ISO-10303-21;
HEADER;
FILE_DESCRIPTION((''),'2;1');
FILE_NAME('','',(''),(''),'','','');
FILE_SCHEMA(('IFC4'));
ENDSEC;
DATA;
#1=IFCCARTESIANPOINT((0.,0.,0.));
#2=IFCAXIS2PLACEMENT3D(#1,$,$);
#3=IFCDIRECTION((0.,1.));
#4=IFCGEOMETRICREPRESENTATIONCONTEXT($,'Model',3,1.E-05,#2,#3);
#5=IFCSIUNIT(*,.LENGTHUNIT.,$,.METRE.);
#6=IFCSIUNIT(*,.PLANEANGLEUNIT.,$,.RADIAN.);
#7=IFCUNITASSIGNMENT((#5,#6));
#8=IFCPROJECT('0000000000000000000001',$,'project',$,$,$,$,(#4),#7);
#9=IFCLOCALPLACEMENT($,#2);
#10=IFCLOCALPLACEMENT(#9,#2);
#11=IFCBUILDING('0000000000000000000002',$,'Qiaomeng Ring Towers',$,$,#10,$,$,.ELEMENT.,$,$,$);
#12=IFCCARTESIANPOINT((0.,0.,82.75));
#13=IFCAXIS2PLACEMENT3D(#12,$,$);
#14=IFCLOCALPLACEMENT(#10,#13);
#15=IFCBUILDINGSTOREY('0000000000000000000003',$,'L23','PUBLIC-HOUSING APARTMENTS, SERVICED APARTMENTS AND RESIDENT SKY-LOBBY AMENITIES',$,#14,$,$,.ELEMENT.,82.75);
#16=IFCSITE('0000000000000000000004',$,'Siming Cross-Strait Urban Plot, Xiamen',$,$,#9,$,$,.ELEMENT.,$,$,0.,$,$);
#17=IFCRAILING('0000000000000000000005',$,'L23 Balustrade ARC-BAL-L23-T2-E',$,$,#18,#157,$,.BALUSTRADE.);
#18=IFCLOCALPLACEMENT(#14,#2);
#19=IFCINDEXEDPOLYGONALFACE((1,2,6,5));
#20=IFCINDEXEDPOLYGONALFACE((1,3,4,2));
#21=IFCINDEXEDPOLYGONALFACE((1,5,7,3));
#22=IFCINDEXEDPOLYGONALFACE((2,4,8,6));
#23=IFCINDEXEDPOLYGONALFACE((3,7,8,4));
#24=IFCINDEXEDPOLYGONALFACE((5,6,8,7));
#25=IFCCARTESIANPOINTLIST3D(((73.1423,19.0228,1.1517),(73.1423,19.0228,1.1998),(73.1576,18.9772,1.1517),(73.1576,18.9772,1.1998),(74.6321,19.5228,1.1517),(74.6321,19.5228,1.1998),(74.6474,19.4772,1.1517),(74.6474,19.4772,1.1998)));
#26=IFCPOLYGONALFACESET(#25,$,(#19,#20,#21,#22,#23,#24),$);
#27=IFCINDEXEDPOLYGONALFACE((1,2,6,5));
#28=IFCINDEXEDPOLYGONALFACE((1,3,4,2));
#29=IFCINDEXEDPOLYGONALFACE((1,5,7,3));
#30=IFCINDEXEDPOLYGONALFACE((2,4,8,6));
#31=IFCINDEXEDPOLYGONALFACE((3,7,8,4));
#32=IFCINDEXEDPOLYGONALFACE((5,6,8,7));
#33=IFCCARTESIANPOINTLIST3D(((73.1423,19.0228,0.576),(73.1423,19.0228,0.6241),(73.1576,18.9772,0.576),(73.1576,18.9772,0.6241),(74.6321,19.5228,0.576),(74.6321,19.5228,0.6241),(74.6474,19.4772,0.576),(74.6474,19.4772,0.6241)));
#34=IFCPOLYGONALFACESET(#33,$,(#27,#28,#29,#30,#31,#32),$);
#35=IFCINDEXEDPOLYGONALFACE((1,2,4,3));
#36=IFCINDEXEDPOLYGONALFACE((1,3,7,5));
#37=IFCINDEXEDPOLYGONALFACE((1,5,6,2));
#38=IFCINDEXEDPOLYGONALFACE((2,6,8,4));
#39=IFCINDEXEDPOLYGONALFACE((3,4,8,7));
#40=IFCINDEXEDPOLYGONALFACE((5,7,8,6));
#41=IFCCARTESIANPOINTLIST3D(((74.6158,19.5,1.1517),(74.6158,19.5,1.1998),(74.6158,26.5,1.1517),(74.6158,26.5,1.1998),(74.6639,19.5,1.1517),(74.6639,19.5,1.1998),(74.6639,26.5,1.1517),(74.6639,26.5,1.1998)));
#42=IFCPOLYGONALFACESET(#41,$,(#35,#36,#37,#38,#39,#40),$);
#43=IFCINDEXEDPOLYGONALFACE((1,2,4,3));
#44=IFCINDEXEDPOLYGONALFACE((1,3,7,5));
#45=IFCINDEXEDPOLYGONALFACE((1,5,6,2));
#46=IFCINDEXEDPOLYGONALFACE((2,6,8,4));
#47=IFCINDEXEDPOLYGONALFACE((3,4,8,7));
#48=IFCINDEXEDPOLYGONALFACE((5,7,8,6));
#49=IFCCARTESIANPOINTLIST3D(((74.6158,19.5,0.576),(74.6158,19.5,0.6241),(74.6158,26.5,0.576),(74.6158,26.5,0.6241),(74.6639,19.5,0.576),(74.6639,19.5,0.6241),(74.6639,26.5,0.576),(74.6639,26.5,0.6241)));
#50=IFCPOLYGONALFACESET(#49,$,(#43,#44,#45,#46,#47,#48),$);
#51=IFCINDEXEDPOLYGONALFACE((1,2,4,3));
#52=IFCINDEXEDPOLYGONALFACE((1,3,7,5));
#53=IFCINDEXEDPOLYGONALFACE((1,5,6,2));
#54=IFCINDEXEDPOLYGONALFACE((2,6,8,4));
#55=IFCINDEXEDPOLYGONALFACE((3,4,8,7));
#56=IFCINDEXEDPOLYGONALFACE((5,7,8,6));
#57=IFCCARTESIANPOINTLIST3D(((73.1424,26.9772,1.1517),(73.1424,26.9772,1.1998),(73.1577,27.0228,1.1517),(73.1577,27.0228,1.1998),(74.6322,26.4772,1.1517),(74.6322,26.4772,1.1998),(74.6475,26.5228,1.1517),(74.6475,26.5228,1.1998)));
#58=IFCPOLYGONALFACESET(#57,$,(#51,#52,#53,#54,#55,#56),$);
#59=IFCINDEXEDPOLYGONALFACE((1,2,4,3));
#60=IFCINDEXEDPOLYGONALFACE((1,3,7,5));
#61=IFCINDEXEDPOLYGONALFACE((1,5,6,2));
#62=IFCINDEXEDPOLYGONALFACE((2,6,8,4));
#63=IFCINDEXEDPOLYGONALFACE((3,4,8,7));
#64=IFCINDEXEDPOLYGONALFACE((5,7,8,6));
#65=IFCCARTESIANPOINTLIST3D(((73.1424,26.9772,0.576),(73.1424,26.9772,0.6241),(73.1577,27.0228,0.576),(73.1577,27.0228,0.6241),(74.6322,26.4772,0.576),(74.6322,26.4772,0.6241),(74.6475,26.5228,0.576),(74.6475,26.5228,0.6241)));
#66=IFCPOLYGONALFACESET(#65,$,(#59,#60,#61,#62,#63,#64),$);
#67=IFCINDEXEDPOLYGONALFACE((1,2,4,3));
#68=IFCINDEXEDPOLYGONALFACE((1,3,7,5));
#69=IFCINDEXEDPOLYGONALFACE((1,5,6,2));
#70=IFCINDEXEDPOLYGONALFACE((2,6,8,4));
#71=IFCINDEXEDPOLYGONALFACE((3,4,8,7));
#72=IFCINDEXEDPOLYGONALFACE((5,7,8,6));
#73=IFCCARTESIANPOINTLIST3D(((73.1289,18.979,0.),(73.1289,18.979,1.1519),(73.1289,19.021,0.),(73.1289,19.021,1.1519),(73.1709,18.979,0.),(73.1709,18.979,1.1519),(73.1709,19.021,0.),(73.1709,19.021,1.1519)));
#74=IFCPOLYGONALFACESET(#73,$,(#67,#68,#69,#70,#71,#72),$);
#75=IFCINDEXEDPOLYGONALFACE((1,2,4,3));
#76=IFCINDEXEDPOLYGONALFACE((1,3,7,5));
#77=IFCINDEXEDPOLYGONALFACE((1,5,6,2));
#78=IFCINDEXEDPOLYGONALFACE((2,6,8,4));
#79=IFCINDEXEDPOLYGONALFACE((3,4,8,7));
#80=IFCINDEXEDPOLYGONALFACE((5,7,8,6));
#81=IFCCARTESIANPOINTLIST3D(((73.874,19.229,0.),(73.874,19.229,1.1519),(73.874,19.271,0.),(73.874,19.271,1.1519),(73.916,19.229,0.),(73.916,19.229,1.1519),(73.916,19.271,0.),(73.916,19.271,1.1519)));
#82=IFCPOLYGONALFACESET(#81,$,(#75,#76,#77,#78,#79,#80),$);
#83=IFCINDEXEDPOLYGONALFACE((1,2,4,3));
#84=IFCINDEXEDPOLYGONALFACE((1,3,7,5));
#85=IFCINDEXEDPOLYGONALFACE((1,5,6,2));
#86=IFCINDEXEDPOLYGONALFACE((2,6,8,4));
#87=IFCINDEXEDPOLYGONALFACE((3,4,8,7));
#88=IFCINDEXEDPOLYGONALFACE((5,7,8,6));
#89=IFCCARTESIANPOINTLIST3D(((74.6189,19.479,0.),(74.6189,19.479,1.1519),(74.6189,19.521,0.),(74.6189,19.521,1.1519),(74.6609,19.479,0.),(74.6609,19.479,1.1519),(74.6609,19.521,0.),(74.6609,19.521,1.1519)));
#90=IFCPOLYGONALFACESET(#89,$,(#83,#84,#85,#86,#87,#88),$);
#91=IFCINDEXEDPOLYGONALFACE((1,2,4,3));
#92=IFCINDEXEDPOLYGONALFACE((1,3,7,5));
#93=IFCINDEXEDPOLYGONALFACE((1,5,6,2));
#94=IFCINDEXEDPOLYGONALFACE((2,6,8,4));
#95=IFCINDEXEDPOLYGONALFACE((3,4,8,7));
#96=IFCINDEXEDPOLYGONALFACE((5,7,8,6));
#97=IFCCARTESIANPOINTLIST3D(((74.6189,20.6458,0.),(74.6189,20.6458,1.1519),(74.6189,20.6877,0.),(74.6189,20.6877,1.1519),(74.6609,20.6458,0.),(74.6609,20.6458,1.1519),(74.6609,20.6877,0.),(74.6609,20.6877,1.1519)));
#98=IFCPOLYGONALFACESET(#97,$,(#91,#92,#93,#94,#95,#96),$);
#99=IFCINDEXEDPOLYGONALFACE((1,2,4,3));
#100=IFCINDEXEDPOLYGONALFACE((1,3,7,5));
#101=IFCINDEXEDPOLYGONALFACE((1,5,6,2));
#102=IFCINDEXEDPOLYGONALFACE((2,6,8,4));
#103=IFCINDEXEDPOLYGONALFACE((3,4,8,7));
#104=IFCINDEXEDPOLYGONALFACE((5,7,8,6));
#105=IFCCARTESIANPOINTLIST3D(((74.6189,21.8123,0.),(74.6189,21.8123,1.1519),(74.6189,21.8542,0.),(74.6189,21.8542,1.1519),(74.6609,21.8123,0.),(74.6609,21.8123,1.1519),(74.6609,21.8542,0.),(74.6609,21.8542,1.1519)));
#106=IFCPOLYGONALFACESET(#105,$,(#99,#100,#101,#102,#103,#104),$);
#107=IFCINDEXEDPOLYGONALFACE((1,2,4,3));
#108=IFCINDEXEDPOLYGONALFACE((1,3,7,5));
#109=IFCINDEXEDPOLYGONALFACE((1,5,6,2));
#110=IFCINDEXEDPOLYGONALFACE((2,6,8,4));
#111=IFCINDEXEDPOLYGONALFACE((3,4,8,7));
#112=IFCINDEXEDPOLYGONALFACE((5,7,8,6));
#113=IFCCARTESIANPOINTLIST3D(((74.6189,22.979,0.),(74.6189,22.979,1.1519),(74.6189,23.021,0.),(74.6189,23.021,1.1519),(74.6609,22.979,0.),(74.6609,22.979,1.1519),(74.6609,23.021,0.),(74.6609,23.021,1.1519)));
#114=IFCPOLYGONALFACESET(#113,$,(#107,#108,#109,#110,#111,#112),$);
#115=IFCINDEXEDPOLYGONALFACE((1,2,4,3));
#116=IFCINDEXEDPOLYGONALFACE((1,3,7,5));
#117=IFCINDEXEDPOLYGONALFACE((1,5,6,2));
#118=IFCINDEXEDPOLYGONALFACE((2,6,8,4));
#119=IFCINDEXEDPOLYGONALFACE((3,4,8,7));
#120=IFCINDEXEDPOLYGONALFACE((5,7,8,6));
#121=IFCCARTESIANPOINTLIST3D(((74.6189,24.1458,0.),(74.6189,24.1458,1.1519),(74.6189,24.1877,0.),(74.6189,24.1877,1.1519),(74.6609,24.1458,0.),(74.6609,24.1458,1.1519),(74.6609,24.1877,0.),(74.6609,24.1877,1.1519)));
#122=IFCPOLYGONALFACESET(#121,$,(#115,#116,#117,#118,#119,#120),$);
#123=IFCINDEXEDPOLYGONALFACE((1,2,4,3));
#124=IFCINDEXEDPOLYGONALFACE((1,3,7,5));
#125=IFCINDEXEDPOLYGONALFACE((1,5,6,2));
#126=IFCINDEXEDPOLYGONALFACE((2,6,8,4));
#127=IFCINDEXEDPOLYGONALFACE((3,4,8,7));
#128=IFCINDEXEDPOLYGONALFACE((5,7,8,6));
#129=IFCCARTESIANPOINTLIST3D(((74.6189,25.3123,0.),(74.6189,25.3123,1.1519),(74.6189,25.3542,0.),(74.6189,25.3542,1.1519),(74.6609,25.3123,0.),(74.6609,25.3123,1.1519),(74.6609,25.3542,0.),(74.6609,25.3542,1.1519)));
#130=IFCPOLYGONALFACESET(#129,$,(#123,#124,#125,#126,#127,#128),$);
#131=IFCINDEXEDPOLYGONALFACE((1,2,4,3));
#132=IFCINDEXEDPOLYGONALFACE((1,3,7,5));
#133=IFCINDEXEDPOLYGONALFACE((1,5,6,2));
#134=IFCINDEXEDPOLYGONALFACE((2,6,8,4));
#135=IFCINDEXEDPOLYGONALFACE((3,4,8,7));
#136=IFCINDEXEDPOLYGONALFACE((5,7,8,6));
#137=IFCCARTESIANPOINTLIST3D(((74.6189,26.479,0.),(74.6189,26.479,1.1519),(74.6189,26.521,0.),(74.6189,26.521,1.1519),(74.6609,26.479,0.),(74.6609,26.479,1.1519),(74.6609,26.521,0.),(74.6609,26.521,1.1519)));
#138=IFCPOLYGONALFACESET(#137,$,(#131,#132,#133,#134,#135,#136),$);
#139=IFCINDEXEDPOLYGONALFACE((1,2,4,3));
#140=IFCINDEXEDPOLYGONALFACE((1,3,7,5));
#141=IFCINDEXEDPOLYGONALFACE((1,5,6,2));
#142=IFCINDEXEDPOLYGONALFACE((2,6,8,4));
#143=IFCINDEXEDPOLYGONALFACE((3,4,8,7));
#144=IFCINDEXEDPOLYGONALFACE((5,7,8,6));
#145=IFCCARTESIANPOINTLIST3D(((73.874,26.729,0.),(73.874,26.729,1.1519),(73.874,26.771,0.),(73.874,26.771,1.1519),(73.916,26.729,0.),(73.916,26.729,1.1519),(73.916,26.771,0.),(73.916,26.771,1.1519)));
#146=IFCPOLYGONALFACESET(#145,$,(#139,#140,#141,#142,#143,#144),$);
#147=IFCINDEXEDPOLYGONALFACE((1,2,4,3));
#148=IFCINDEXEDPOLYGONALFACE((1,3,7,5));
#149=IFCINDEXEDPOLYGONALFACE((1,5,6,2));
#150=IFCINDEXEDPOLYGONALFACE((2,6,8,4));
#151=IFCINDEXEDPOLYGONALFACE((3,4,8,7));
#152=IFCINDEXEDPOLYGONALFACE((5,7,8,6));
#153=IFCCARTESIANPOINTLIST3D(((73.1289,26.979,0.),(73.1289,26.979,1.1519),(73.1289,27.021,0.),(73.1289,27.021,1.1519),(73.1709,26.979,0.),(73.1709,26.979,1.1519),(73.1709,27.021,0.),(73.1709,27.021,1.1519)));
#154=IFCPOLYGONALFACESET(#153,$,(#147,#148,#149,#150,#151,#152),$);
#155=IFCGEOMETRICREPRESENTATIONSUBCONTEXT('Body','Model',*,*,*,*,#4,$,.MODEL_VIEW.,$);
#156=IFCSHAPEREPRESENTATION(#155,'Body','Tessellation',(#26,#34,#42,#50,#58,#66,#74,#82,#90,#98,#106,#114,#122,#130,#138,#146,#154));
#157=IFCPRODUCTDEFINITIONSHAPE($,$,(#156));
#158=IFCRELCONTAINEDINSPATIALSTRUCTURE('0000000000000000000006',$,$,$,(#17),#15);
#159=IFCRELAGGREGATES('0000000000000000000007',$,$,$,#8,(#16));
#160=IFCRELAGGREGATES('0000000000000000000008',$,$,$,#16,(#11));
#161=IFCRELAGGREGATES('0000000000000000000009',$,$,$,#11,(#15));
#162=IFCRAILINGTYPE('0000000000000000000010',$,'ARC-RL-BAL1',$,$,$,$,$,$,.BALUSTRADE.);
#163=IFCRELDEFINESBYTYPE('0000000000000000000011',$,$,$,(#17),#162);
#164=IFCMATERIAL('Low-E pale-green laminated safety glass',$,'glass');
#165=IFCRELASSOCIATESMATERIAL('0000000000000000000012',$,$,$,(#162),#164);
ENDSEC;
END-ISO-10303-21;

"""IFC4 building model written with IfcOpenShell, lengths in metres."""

from ifc_helpers import new_model, si_unit, direction, frame, origin, origin_2d, place, context, subcontext, project, spatial, rectangle, extrude, material, type_object, element, save


model = new_model("IFC4")

# Units and contexts
model_context = context("Model", 3, precision=1e-05, world=origin(), true_north=direction((0.0, 1.0)))
body_context = subcontext(model_context, "Body", "Model", "MODEL_VIEW")
ifc_project = project(units=[si_unit("LENGTHUNIT", "METRE"), si_unit("PLANEANGLEUNIT", "RADIAN")], contexts=[model_context])

# Site, building, storey
site_placement = place(None, origin())
site = spatial("IfcSite", under=ifc_project, at=site_placement, Name="Siming Cross-Strait Urban Plot, Xiamen", CompositionType="ELEMENT", RefElevation=0.0)
building_placement = place(site_placement, origin())
building = spatial("IfcBuilding", under=site, at=building_placement, Name="Qiaomeng Ring Towers", CompositionType="ELEMENT")
storey_placement = place(building_placement, frame((0.0, 0.0, 82.75)))
storey = spatial("IfcBuildingStorey", under=building, at=storey_placement, Name="L23", Description="PUBLIC-HOUSING APARTMENTS, SERVICED APARTMENTS AND RESIDENT SKY-LOBBY AMENITIES", CompositionType="ELEMENT", Elevation=82.75)

# Railing
ifc_material_1 = material(Name="Low-E pale-green laminated safety glass", Category="glass")
railing_type = type_object("IfcRailingType", Name="ARC-RL-BAL1", PredefinedType="BALUSTRADE", material=ifc_material_1)
railing_placement = place(storey_placement, frame((73.1499, 19.0, 0.0)))
element("IfcRailing", 1, at=railing_placement, inside=storey, type_object=railing_type, Name="L23 Balustrade ARC-BAL-L23-T2-E", PredefinedType="BALUSTRADE", context=body_context, shape_type="SweptSolid", body=[
    extrude(rectangle(XDim=0.0481, YDim=0.0481, at=origin_2d()), frame((0.0, 0.0, 1.1758), z_axis=(0.948044, 0.318138, 0.0), x_axis=(-0.318138, 0.948044, 0.0)), (0.0, 0.0, 1.0), 1.5715),
    extrude(rectangle(XDim=0.0481, YDim=0.0481, at=origin_2d()), frame((0.0, 0.0, 0.6001), z_axis=(0.948044, 0.318138, 0.0), x_axis=(-0.318138, 0.948044, 0.0)), (0.0, 0.0, 1.0), 1.5715),
    extrude(rectangle(XDim=0.0481, YDim=0.0481, at=origin_2d()), frame((1.49, 0.5, 1.1758), z_axis=(0.0, 1.0, 0.0), x_axis=(-1.0, 0.0, 0.0)), (0.0, 0.0, 1.0), 7.0),
    extrude(rectangle(XDim=0.0481, YDim=0.0481, at=origin_2d()), frame((1.49, 0.5, 0.6001), z_axis=(0.0, 1.0, 0.0), x_axis=(-1.0, 0.0, 0.0)), (0.0, 0.0, 1.0), 7.0),
    extrude(rectangle(XDim=0.0481, YDim=0.0481, at=origin_2d()), frame((1.49, 7.5, 1.1758), z_axis=(-0.948044, 0.318138, 0.0), x_axis=(-0.318138, -0.948044, 0.0)), (0.0, 0.0, 1.0), 1.5715),
    extrude(rectangle(XDim=0.0481, YDim=0.0481, at=origin_2d()), frame((1.49, 7.5, 0.6001), z_axis=(-0.948044, 0.318138, 0.0), x_axis=(-0.318138, -0.948044, 0.0)), (0.0, 0.0, 1.0), 1.5715),
    extrude(rectangle(XDim=0.042, YDim=0.042, at=origin_2d()), origin(), (0.0, 0.0, 1.0), 1.1519),
    extrude(rectangle(XDim=0.042, YDim=0.042, at=origin_2d()), frame((0.7451, 0.25, 0.0)), (0.0, 0.0, 1.0), 1.1519),
    extrude(rectangle(XDim=0.042, YDim=0.042, at=origin_2d()), frame((1.49, 0.5, 0.0)), (0.0, 0.0, 1.0), 1.1519),
    extrude(rectangle(XDim=0.042, YDim=0.042, at=origin_2d()), frame((1.49, 1.6667, 0.0)), (0.0, 0.0, 1.0), 1.1519),
    extrude(rectangle(XDim=0.042, YDim=0.042, at=origin_2d()), frame((1.49, 2.8333, 0.0)), (0.0, 0.0, 1.0), 1.1519),
    extrude(rectangle(XDim=0.042, YDim=0.042, at=origin_2d()), frame((1.49, 4.0, 0.0)), (0.0, 0.0, 1.0), 1.1519),
    extrude(rectangle(XDim=0.042, YDim=0.042, at=origin_2d()), frame((1.49, 5.1667, 0.0)), (0.0, 0.0, 1.0), 1.1519),
    extrude(rectangle(XDim=0.042, YDim=0.042, at=origin_2d()), frame((1.49, 6.3333, 0.0)), (0.0, 0.0, 1.0), 1.1519),
    extrude(rectangle(XDim=0.042, YDim=0.042, at=origin_2d()), frame((1.49, 7.5, 0.0)), (0.0, 0.0, 1.0), 1.1519),
    extrude(rectangle(XDim=0.042, YDim=0.042, at=origin_2d()), frame((0.7451, 7.75, 0.0)), (0.0, 0.0, 1.0), 1.1519),
    extrude(rectangle(XDim=0.042, YDim=0.042, at=origin_2d()), frame((0.0, 8.0, 0.0)), (0.0, 0.0, 1.0), 1.1519),
])

save(model, "model.ifc")
